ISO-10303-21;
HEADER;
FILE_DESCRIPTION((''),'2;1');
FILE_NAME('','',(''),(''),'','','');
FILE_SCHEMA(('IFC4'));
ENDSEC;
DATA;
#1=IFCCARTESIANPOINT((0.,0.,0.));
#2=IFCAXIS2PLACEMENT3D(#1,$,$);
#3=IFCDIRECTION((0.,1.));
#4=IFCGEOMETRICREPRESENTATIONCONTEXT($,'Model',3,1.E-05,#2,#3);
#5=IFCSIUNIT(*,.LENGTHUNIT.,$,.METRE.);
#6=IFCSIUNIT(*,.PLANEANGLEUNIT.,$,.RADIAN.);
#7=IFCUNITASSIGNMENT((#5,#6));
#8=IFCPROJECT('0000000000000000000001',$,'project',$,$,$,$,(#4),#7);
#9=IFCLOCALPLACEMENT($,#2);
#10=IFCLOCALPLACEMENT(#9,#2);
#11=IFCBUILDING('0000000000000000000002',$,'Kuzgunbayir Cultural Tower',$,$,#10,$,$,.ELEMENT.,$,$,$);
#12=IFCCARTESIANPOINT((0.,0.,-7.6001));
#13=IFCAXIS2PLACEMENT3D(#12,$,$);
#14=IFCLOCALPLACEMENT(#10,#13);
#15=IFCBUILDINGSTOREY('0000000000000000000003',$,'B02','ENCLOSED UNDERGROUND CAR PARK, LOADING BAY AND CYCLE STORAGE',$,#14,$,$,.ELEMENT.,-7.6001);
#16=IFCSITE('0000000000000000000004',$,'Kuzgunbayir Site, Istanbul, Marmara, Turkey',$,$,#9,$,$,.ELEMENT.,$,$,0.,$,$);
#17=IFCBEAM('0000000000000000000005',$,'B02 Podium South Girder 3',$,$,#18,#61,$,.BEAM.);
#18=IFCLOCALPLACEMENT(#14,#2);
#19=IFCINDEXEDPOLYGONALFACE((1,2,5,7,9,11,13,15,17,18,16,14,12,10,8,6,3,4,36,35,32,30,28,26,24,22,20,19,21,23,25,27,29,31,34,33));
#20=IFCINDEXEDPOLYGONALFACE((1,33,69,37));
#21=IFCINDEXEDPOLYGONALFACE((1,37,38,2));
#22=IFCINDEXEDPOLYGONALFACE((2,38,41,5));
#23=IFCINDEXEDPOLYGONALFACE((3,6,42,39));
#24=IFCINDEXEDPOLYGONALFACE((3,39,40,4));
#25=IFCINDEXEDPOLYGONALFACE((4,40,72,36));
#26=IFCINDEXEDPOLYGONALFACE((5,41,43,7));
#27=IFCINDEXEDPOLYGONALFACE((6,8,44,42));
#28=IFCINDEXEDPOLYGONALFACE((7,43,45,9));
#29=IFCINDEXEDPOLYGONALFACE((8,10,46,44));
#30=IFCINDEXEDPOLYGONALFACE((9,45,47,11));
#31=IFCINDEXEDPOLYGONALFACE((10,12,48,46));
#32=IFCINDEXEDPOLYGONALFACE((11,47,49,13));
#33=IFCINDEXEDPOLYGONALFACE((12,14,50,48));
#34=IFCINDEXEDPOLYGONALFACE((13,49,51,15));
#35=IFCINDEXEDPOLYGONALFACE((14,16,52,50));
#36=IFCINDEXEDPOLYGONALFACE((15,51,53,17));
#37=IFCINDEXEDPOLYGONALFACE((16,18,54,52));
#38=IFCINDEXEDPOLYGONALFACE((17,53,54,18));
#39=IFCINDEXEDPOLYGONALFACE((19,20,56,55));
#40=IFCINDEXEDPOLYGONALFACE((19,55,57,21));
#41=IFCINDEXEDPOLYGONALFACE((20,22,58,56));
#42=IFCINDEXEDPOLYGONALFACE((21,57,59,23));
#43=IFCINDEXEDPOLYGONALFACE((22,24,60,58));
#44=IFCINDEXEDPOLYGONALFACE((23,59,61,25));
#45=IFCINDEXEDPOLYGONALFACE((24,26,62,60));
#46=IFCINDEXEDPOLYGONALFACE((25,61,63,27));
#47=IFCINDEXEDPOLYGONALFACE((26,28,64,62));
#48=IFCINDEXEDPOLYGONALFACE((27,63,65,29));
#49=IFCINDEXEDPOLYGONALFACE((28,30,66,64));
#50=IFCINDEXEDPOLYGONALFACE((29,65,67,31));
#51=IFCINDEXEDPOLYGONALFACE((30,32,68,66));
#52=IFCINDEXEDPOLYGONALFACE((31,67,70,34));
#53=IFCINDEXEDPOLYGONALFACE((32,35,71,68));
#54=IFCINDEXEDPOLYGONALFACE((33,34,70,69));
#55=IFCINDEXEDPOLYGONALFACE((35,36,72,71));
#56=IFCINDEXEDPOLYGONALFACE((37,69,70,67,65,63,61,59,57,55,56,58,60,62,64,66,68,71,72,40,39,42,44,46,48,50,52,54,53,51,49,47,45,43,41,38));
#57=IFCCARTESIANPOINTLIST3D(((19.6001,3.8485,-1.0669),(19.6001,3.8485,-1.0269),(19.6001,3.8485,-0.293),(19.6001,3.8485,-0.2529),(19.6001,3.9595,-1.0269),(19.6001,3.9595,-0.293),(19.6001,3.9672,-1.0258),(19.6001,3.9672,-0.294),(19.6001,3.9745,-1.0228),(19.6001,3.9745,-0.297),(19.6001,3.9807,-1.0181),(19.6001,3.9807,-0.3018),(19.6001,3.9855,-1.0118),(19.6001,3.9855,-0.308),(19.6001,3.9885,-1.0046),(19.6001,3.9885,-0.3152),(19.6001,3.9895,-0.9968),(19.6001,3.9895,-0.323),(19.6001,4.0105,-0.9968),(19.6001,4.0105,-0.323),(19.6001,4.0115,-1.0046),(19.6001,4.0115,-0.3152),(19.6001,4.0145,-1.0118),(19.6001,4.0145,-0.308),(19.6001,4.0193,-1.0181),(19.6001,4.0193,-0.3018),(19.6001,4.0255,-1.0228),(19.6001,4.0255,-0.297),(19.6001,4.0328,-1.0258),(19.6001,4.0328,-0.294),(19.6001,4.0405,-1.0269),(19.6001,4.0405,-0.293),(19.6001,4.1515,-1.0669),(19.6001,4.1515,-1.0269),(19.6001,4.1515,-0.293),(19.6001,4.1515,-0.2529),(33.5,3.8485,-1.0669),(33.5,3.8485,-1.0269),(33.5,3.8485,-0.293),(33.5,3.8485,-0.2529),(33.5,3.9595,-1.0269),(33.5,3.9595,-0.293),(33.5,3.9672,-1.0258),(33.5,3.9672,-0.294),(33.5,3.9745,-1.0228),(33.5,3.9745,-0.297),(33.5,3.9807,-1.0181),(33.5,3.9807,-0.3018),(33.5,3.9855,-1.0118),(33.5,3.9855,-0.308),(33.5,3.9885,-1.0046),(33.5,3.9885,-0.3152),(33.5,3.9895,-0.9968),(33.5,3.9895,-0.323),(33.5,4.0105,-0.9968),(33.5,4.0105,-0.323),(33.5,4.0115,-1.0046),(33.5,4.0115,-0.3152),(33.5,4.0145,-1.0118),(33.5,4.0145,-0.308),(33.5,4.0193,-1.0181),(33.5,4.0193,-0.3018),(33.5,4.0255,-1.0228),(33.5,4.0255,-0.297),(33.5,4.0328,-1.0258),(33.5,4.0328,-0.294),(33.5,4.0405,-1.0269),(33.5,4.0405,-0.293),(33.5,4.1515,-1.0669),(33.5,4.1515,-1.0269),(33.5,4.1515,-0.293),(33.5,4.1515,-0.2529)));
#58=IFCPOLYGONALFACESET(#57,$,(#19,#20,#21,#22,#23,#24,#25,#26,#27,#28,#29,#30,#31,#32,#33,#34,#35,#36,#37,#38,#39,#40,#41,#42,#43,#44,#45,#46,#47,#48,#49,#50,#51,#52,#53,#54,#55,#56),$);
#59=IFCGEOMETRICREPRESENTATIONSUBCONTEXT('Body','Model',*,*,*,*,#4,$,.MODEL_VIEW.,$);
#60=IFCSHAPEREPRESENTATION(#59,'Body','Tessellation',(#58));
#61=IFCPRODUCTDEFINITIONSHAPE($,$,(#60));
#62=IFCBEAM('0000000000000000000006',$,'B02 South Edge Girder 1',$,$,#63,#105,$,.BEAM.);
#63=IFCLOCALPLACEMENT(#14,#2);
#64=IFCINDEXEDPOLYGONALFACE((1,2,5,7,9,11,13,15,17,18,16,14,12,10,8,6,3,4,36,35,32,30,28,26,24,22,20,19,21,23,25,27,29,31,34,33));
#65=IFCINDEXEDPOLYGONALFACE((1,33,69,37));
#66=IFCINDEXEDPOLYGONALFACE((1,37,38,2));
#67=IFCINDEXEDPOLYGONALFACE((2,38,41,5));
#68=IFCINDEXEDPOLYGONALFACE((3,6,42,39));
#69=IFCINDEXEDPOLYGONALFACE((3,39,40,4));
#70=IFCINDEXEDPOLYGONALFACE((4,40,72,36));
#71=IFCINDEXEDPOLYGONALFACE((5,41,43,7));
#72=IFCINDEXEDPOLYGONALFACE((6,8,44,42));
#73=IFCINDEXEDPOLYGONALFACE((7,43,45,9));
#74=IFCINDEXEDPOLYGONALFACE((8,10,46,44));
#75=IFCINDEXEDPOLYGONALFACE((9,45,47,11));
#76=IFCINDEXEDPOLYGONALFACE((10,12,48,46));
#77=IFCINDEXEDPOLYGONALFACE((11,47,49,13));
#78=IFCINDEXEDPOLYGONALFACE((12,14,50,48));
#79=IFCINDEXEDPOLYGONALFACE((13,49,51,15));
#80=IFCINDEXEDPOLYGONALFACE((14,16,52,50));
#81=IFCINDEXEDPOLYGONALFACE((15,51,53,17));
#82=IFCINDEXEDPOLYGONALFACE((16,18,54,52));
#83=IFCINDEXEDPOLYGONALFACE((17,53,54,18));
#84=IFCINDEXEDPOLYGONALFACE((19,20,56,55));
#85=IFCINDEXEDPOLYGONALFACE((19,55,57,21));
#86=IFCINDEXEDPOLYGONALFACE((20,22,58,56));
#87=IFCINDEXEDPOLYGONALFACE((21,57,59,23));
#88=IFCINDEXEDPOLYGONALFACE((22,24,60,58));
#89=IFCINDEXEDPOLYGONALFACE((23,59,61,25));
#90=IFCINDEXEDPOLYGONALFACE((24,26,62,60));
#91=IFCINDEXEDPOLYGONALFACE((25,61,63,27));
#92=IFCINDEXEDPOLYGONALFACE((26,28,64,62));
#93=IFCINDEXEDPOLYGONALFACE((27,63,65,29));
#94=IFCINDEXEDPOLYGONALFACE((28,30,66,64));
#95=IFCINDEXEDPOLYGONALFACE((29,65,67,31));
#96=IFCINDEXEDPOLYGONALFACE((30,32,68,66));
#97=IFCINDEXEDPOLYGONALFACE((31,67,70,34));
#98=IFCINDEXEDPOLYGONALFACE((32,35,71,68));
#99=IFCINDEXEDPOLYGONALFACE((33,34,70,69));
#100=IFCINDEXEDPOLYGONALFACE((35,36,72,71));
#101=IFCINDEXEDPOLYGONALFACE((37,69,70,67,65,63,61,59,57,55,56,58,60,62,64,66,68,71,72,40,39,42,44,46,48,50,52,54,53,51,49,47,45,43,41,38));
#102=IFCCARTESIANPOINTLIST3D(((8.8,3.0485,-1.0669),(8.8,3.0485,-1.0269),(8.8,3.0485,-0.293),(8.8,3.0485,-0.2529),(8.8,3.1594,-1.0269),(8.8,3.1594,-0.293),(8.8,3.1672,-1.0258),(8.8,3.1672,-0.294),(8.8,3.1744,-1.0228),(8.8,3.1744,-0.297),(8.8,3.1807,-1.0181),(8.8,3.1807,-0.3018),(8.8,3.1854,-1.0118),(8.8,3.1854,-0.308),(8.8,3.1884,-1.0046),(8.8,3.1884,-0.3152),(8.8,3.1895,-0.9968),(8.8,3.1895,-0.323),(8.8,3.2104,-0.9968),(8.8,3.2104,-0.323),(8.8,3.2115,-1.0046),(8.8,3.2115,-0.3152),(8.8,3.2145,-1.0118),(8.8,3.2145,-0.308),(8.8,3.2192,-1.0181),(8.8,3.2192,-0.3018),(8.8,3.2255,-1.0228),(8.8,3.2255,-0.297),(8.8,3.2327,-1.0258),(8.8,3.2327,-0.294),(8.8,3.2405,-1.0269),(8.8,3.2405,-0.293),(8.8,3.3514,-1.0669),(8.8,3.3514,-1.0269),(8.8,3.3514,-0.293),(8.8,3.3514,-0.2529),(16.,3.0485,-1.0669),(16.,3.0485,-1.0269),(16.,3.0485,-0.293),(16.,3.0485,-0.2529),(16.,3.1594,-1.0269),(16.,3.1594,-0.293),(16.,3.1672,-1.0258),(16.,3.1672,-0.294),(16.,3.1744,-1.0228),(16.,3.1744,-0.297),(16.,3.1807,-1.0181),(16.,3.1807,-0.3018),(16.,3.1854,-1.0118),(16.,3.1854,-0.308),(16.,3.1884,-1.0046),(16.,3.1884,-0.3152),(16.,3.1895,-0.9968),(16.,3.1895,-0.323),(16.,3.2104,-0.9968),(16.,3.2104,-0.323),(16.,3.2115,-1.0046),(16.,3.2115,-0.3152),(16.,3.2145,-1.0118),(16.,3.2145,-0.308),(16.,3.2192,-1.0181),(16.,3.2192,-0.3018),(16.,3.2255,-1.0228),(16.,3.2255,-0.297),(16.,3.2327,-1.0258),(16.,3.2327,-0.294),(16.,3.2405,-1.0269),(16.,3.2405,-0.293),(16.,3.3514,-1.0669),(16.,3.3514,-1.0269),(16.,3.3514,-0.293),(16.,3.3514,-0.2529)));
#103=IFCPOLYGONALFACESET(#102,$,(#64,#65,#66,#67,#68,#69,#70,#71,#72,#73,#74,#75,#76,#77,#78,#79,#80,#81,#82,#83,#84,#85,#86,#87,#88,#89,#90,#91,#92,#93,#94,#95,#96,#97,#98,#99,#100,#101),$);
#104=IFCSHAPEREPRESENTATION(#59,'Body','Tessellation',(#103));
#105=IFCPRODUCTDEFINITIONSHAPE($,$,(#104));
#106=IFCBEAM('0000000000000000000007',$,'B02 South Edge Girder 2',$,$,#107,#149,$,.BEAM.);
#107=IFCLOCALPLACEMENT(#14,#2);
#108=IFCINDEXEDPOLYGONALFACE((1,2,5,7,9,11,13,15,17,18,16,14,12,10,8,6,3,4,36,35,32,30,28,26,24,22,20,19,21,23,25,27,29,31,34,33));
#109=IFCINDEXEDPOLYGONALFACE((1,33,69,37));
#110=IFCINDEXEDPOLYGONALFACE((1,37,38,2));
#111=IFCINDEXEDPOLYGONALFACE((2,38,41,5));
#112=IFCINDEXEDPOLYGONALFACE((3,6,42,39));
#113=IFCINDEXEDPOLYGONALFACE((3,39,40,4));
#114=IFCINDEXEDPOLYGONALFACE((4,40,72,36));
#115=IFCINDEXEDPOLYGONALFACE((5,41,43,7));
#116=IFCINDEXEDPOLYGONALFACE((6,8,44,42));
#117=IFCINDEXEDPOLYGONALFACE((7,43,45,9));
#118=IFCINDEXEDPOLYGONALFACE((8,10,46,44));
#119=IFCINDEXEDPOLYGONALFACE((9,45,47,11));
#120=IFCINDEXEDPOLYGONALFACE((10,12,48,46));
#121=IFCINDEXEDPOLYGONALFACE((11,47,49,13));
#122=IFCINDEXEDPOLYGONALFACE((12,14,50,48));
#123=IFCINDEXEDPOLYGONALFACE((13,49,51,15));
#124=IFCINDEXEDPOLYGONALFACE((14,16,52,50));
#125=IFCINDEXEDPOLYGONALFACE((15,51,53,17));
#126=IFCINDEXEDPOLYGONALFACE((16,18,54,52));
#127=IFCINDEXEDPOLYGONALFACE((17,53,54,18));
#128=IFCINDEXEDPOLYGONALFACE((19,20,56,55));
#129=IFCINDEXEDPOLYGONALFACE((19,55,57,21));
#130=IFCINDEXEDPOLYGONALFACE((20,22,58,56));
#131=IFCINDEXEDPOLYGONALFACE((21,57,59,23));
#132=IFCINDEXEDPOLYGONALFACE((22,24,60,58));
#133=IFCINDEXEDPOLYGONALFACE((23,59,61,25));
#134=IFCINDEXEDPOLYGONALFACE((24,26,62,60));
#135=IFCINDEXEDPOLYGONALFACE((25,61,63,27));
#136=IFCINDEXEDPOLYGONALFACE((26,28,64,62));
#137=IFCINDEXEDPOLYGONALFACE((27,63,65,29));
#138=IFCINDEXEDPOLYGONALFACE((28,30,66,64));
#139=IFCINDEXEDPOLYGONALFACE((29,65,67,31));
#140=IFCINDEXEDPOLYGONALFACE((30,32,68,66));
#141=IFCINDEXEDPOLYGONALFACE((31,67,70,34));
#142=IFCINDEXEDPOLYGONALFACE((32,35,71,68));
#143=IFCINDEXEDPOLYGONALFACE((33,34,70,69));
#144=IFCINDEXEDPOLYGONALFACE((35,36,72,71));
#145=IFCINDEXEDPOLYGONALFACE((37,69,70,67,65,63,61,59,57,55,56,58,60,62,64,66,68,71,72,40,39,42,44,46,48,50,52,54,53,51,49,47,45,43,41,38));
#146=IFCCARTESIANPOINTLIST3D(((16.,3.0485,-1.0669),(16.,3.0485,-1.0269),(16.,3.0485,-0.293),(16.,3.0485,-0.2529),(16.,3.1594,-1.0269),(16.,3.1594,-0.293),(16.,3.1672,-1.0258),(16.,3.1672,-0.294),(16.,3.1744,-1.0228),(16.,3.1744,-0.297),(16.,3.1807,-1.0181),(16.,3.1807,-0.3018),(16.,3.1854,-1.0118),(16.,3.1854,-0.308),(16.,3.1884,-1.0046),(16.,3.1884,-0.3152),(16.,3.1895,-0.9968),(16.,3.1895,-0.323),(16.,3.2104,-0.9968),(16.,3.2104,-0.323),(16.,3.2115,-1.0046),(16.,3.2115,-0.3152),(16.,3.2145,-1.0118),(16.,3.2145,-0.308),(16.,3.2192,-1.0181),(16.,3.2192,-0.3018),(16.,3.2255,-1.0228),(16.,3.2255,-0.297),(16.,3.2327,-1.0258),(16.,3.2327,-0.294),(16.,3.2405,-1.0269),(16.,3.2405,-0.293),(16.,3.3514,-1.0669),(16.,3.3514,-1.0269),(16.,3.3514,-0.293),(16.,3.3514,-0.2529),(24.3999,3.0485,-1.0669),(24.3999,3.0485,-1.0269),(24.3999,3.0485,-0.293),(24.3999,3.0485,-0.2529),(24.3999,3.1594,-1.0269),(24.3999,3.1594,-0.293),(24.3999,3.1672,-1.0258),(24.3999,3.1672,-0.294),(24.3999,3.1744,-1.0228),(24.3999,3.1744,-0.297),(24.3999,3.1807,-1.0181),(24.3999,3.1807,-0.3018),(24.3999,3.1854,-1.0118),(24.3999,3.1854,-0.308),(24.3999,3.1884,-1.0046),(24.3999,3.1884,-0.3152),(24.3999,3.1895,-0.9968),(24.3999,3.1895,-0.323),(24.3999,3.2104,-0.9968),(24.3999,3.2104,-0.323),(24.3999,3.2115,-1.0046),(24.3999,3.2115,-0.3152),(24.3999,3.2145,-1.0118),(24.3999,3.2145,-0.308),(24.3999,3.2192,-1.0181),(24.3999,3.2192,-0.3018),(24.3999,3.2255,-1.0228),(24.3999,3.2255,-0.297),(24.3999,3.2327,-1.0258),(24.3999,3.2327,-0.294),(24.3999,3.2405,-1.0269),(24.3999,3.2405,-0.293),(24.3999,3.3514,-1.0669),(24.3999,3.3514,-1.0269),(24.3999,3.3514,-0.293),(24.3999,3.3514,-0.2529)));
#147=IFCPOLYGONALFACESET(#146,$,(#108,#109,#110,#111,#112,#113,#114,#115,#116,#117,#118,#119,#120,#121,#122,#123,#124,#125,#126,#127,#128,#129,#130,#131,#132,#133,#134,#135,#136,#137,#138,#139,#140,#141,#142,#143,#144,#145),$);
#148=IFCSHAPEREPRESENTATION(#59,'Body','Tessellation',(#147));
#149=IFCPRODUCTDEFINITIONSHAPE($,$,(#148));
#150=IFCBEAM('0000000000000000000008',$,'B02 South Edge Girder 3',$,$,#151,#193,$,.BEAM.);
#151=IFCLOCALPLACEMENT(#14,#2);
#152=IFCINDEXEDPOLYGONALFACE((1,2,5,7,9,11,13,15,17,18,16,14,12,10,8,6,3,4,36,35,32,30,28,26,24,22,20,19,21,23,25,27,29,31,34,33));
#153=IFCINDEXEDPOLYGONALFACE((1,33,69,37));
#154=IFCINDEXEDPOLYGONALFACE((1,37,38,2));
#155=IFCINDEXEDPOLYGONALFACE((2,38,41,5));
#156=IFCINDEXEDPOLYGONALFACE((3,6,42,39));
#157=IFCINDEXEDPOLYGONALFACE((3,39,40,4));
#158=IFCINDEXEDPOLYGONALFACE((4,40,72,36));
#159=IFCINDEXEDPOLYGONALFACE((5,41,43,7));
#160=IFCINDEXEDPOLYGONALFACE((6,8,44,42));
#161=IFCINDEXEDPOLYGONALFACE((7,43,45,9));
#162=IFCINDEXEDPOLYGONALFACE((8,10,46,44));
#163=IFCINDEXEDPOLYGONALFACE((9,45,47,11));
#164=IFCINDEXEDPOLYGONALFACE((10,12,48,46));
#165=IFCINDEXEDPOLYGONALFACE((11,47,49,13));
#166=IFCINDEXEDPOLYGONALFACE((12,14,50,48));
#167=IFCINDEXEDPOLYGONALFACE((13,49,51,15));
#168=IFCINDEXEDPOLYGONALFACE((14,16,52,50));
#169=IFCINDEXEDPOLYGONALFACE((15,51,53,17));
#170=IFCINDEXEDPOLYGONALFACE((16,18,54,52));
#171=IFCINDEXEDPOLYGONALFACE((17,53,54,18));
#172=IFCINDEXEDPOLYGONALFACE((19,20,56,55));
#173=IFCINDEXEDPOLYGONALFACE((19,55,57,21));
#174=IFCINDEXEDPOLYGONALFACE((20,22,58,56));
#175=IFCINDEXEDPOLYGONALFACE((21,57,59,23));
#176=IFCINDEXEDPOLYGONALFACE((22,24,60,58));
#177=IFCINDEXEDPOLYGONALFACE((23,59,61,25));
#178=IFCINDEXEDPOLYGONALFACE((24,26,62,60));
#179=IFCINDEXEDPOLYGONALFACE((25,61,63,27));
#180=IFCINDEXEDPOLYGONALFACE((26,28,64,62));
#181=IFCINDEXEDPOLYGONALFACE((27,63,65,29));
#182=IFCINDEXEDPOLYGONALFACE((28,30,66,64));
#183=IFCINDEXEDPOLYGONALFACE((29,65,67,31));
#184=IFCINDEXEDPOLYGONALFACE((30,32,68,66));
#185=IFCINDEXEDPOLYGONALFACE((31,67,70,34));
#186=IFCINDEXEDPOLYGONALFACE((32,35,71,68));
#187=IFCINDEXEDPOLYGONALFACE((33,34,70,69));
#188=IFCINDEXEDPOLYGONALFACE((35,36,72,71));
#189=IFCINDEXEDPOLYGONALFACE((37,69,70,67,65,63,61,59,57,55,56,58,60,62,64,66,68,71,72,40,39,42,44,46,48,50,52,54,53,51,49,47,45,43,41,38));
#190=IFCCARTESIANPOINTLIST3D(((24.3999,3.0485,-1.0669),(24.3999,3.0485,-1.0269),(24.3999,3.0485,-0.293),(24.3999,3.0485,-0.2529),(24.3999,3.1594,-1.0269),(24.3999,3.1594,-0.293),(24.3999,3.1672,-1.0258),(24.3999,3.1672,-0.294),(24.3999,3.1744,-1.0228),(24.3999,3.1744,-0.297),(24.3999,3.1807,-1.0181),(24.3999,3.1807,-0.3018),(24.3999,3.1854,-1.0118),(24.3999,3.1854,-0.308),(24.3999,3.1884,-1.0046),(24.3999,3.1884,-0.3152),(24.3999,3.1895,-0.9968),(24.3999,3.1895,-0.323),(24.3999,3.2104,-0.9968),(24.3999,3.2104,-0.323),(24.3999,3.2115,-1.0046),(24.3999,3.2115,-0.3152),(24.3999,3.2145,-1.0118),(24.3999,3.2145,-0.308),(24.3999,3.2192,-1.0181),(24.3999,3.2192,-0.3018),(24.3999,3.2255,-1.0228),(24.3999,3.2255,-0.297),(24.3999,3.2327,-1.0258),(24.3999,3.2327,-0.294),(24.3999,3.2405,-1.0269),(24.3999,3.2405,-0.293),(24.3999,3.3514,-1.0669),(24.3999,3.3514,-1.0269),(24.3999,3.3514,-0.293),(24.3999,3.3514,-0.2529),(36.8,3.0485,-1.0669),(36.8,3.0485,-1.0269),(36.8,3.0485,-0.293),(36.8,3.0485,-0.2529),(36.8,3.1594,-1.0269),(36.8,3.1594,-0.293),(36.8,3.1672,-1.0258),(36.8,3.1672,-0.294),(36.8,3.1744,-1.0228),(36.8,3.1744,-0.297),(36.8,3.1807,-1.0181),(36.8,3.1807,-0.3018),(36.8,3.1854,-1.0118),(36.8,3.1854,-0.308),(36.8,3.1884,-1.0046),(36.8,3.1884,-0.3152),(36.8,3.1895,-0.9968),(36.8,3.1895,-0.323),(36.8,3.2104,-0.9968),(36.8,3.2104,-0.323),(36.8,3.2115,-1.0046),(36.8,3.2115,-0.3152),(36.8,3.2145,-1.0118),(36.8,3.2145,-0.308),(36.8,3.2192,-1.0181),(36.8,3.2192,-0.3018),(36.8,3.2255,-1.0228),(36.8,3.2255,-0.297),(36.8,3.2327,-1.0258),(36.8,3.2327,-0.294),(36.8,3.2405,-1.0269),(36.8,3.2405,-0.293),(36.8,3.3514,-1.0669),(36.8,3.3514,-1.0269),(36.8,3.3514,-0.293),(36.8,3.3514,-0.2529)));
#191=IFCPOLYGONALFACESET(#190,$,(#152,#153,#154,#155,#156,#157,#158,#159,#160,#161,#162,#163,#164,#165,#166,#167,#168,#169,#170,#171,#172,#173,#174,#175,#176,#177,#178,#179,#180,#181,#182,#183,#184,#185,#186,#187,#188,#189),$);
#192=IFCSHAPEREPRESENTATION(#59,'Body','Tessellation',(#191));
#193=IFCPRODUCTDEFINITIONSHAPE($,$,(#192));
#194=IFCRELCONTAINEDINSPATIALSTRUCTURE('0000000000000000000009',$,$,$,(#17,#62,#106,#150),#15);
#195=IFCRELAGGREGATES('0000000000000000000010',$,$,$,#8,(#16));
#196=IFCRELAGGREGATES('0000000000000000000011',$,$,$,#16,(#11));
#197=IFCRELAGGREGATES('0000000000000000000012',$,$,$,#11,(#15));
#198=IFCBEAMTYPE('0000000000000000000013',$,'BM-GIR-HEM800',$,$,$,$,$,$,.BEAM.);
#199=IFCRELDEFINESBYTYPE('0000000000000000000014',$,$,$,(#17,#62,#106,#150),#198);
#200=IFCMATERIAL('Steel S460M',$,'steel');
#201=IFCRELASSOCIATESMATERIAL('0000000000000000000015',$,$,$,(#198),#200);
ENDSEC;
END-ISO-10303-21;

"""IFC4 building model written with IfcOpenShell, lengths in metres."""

from ifc_helpers import new_model, si_unit, direction, frame, origin, origin_2d, place, context, subcontext, project, spatial, i_section, extrude, material, material_profile, profile_set, type_object, element, save


model = new_model("IFC4")

# Units and contexts
model_context = context("Model", 3, precision=1e-05, world=origin(), true_north=direction((0.0, 1.0)))
body_context = subcontext(model_context, "Body", "Model", "MODEL_VIEW")
ifc_project = project(units=[si_unit("LENGTHUNIT", "METRE"), si_unit("PLANEANGLEUNIT", "RADIAN")], contexts=[model_context])

# Site, building, storey
site_placement = place(None, origin())
site = spatial("IfcSite", under=ifc_project, at=site_placement, Name="Kuzgunbayir Site, Istanbul, Marmara, Turkey", CompositionType="ELEMENT", RefElevation=0.0)
building_placement = place(site_placement, origin())
building = spatial("IfcBuilding", under=site, at=building_placement, Name="Kuzgunbayir Cultural Tower", CompositionType="ELEMENT")
storey_placement = place(building_placement, frame((0.0, 0.0, -7.6001)))
storey = spatial("IfcBuildingStorey", under=building, at=storey_placement, Name="B02", Description="ENCLOSED UNDERGROUND CAR PARK, LOADING BAY AND CYCLE STORAGE", CompositionType="ELEMENT", Elevation=-7.6001)

# Beams
ifc_material_1 = material(Name="Steel S460M", Category="steel")
ifc_material_profile_1 = material_profile(ifc_material_1, i_section(OverallWidth=0.303, OverallDepth=0.814, WebThickness=0.021, FlangeThickness=0.04, FilletRadius=0.03, at=origin_2d()), Name="HEM 800")
ifc_profile_set_1 = profile_set([ifc_material_profile_1], Name="Steel S460M")
beam_type_1 = type_object("IfcBeamType", Name="BM-GIR-HEM800", PredefinedType="BEAM", material=ifc_profile_set_1)
beam_1_placement = place(storey_placement, frame((19.6001, 4.0, -0.6599), z_axis=(1.0, 0.0, 0.0), x_axis=(0.0, 1.0, 0.0)))
element("IfcBeam", 1, at=beam_1_placement, inside=storey, type_object=beam_type_1, Name="B02 Podium South Girder 3", PredefinedType="BEAM", context=body_context, shape_type="SweptSolid", body=[
    extrude(i_section(OverallWidth=0.303, OverallDepth=0.814, WebThickness=0.021, FlangeThickness=0.04, FilletRadius=0.03, at=origin_2d()), origin(), (0.0, 0.0, 1.0), 13.8999),
])
beam_2_placement = place(storey_placement, frame((8.8, 3.2, -0.6599), z_axis=(1.0, 0.0, 0.0), x_axis=(0.0, 1.0, 0.0)))
element("IfcBeam", 2, at=beam_2_placement, inside=storey, type_object=beam_type_1, Name="B02 South Edge Girder 1", PredefinedType="BEAM", context=body_context, shape_type="SweptSolid", body=[
    extrude(i_section(OverallWidth=0.303, OverallDepth=0.814, WebThickness=0.021, FlangeThickness=0.04, FilletRadius=0.03, at=origin_2d()), origin(), (0.0, 0.0, 1.0), 7.2),
])
beam_3_placement = place(storey_placement, frame((16.0, 3.2, -0.6599), z_axis=(1.0, 0.0, 0.0), x_axis=(0.0, 1.0, 0.0)))
element("IfcBeam", 3, at=beam_3_placement, inside=storey, type_object=beam_type_1, Name="B02 South Edge Girder 2", PredefinedType="BEAM", context=body_context, shape_type="SweptSolid", body=[
    extrude(i_section(OverallWidth=0.303, OverallDepth=0.814, WebThickness=0.021, FlangeThickness=0.04, FilletRadius=0.03, at=origin_2d()), origin(), (0.0, 0.0, 1.0), 8.3999),
])
beam_4_placement = place(storey_placement, frame((24.3999, 3.2, -0.6599), z_axis=(1.0, 0.0, 0.0), x_axis=(0.0, 1.0, 0.0)))
element("IfcBeam", 4, at=beam_4_placement, inside=storey, type_object=beam_type_1, Name="B02 South Edge Girder 3", PredefinedType="BEAM", context=body_context, shape_type="SweptSolid", body=[
    extrude(i_section(OverallWidth=0.303, OverallDepth=0.814, WebThickness=0.021, FlangeThickness=0.04, FilletRadius=0.03, at=origin_2d()), origin(), (0.0, 0.0, 1.0), 12.4001),
])

save(model, "model.ifc")
